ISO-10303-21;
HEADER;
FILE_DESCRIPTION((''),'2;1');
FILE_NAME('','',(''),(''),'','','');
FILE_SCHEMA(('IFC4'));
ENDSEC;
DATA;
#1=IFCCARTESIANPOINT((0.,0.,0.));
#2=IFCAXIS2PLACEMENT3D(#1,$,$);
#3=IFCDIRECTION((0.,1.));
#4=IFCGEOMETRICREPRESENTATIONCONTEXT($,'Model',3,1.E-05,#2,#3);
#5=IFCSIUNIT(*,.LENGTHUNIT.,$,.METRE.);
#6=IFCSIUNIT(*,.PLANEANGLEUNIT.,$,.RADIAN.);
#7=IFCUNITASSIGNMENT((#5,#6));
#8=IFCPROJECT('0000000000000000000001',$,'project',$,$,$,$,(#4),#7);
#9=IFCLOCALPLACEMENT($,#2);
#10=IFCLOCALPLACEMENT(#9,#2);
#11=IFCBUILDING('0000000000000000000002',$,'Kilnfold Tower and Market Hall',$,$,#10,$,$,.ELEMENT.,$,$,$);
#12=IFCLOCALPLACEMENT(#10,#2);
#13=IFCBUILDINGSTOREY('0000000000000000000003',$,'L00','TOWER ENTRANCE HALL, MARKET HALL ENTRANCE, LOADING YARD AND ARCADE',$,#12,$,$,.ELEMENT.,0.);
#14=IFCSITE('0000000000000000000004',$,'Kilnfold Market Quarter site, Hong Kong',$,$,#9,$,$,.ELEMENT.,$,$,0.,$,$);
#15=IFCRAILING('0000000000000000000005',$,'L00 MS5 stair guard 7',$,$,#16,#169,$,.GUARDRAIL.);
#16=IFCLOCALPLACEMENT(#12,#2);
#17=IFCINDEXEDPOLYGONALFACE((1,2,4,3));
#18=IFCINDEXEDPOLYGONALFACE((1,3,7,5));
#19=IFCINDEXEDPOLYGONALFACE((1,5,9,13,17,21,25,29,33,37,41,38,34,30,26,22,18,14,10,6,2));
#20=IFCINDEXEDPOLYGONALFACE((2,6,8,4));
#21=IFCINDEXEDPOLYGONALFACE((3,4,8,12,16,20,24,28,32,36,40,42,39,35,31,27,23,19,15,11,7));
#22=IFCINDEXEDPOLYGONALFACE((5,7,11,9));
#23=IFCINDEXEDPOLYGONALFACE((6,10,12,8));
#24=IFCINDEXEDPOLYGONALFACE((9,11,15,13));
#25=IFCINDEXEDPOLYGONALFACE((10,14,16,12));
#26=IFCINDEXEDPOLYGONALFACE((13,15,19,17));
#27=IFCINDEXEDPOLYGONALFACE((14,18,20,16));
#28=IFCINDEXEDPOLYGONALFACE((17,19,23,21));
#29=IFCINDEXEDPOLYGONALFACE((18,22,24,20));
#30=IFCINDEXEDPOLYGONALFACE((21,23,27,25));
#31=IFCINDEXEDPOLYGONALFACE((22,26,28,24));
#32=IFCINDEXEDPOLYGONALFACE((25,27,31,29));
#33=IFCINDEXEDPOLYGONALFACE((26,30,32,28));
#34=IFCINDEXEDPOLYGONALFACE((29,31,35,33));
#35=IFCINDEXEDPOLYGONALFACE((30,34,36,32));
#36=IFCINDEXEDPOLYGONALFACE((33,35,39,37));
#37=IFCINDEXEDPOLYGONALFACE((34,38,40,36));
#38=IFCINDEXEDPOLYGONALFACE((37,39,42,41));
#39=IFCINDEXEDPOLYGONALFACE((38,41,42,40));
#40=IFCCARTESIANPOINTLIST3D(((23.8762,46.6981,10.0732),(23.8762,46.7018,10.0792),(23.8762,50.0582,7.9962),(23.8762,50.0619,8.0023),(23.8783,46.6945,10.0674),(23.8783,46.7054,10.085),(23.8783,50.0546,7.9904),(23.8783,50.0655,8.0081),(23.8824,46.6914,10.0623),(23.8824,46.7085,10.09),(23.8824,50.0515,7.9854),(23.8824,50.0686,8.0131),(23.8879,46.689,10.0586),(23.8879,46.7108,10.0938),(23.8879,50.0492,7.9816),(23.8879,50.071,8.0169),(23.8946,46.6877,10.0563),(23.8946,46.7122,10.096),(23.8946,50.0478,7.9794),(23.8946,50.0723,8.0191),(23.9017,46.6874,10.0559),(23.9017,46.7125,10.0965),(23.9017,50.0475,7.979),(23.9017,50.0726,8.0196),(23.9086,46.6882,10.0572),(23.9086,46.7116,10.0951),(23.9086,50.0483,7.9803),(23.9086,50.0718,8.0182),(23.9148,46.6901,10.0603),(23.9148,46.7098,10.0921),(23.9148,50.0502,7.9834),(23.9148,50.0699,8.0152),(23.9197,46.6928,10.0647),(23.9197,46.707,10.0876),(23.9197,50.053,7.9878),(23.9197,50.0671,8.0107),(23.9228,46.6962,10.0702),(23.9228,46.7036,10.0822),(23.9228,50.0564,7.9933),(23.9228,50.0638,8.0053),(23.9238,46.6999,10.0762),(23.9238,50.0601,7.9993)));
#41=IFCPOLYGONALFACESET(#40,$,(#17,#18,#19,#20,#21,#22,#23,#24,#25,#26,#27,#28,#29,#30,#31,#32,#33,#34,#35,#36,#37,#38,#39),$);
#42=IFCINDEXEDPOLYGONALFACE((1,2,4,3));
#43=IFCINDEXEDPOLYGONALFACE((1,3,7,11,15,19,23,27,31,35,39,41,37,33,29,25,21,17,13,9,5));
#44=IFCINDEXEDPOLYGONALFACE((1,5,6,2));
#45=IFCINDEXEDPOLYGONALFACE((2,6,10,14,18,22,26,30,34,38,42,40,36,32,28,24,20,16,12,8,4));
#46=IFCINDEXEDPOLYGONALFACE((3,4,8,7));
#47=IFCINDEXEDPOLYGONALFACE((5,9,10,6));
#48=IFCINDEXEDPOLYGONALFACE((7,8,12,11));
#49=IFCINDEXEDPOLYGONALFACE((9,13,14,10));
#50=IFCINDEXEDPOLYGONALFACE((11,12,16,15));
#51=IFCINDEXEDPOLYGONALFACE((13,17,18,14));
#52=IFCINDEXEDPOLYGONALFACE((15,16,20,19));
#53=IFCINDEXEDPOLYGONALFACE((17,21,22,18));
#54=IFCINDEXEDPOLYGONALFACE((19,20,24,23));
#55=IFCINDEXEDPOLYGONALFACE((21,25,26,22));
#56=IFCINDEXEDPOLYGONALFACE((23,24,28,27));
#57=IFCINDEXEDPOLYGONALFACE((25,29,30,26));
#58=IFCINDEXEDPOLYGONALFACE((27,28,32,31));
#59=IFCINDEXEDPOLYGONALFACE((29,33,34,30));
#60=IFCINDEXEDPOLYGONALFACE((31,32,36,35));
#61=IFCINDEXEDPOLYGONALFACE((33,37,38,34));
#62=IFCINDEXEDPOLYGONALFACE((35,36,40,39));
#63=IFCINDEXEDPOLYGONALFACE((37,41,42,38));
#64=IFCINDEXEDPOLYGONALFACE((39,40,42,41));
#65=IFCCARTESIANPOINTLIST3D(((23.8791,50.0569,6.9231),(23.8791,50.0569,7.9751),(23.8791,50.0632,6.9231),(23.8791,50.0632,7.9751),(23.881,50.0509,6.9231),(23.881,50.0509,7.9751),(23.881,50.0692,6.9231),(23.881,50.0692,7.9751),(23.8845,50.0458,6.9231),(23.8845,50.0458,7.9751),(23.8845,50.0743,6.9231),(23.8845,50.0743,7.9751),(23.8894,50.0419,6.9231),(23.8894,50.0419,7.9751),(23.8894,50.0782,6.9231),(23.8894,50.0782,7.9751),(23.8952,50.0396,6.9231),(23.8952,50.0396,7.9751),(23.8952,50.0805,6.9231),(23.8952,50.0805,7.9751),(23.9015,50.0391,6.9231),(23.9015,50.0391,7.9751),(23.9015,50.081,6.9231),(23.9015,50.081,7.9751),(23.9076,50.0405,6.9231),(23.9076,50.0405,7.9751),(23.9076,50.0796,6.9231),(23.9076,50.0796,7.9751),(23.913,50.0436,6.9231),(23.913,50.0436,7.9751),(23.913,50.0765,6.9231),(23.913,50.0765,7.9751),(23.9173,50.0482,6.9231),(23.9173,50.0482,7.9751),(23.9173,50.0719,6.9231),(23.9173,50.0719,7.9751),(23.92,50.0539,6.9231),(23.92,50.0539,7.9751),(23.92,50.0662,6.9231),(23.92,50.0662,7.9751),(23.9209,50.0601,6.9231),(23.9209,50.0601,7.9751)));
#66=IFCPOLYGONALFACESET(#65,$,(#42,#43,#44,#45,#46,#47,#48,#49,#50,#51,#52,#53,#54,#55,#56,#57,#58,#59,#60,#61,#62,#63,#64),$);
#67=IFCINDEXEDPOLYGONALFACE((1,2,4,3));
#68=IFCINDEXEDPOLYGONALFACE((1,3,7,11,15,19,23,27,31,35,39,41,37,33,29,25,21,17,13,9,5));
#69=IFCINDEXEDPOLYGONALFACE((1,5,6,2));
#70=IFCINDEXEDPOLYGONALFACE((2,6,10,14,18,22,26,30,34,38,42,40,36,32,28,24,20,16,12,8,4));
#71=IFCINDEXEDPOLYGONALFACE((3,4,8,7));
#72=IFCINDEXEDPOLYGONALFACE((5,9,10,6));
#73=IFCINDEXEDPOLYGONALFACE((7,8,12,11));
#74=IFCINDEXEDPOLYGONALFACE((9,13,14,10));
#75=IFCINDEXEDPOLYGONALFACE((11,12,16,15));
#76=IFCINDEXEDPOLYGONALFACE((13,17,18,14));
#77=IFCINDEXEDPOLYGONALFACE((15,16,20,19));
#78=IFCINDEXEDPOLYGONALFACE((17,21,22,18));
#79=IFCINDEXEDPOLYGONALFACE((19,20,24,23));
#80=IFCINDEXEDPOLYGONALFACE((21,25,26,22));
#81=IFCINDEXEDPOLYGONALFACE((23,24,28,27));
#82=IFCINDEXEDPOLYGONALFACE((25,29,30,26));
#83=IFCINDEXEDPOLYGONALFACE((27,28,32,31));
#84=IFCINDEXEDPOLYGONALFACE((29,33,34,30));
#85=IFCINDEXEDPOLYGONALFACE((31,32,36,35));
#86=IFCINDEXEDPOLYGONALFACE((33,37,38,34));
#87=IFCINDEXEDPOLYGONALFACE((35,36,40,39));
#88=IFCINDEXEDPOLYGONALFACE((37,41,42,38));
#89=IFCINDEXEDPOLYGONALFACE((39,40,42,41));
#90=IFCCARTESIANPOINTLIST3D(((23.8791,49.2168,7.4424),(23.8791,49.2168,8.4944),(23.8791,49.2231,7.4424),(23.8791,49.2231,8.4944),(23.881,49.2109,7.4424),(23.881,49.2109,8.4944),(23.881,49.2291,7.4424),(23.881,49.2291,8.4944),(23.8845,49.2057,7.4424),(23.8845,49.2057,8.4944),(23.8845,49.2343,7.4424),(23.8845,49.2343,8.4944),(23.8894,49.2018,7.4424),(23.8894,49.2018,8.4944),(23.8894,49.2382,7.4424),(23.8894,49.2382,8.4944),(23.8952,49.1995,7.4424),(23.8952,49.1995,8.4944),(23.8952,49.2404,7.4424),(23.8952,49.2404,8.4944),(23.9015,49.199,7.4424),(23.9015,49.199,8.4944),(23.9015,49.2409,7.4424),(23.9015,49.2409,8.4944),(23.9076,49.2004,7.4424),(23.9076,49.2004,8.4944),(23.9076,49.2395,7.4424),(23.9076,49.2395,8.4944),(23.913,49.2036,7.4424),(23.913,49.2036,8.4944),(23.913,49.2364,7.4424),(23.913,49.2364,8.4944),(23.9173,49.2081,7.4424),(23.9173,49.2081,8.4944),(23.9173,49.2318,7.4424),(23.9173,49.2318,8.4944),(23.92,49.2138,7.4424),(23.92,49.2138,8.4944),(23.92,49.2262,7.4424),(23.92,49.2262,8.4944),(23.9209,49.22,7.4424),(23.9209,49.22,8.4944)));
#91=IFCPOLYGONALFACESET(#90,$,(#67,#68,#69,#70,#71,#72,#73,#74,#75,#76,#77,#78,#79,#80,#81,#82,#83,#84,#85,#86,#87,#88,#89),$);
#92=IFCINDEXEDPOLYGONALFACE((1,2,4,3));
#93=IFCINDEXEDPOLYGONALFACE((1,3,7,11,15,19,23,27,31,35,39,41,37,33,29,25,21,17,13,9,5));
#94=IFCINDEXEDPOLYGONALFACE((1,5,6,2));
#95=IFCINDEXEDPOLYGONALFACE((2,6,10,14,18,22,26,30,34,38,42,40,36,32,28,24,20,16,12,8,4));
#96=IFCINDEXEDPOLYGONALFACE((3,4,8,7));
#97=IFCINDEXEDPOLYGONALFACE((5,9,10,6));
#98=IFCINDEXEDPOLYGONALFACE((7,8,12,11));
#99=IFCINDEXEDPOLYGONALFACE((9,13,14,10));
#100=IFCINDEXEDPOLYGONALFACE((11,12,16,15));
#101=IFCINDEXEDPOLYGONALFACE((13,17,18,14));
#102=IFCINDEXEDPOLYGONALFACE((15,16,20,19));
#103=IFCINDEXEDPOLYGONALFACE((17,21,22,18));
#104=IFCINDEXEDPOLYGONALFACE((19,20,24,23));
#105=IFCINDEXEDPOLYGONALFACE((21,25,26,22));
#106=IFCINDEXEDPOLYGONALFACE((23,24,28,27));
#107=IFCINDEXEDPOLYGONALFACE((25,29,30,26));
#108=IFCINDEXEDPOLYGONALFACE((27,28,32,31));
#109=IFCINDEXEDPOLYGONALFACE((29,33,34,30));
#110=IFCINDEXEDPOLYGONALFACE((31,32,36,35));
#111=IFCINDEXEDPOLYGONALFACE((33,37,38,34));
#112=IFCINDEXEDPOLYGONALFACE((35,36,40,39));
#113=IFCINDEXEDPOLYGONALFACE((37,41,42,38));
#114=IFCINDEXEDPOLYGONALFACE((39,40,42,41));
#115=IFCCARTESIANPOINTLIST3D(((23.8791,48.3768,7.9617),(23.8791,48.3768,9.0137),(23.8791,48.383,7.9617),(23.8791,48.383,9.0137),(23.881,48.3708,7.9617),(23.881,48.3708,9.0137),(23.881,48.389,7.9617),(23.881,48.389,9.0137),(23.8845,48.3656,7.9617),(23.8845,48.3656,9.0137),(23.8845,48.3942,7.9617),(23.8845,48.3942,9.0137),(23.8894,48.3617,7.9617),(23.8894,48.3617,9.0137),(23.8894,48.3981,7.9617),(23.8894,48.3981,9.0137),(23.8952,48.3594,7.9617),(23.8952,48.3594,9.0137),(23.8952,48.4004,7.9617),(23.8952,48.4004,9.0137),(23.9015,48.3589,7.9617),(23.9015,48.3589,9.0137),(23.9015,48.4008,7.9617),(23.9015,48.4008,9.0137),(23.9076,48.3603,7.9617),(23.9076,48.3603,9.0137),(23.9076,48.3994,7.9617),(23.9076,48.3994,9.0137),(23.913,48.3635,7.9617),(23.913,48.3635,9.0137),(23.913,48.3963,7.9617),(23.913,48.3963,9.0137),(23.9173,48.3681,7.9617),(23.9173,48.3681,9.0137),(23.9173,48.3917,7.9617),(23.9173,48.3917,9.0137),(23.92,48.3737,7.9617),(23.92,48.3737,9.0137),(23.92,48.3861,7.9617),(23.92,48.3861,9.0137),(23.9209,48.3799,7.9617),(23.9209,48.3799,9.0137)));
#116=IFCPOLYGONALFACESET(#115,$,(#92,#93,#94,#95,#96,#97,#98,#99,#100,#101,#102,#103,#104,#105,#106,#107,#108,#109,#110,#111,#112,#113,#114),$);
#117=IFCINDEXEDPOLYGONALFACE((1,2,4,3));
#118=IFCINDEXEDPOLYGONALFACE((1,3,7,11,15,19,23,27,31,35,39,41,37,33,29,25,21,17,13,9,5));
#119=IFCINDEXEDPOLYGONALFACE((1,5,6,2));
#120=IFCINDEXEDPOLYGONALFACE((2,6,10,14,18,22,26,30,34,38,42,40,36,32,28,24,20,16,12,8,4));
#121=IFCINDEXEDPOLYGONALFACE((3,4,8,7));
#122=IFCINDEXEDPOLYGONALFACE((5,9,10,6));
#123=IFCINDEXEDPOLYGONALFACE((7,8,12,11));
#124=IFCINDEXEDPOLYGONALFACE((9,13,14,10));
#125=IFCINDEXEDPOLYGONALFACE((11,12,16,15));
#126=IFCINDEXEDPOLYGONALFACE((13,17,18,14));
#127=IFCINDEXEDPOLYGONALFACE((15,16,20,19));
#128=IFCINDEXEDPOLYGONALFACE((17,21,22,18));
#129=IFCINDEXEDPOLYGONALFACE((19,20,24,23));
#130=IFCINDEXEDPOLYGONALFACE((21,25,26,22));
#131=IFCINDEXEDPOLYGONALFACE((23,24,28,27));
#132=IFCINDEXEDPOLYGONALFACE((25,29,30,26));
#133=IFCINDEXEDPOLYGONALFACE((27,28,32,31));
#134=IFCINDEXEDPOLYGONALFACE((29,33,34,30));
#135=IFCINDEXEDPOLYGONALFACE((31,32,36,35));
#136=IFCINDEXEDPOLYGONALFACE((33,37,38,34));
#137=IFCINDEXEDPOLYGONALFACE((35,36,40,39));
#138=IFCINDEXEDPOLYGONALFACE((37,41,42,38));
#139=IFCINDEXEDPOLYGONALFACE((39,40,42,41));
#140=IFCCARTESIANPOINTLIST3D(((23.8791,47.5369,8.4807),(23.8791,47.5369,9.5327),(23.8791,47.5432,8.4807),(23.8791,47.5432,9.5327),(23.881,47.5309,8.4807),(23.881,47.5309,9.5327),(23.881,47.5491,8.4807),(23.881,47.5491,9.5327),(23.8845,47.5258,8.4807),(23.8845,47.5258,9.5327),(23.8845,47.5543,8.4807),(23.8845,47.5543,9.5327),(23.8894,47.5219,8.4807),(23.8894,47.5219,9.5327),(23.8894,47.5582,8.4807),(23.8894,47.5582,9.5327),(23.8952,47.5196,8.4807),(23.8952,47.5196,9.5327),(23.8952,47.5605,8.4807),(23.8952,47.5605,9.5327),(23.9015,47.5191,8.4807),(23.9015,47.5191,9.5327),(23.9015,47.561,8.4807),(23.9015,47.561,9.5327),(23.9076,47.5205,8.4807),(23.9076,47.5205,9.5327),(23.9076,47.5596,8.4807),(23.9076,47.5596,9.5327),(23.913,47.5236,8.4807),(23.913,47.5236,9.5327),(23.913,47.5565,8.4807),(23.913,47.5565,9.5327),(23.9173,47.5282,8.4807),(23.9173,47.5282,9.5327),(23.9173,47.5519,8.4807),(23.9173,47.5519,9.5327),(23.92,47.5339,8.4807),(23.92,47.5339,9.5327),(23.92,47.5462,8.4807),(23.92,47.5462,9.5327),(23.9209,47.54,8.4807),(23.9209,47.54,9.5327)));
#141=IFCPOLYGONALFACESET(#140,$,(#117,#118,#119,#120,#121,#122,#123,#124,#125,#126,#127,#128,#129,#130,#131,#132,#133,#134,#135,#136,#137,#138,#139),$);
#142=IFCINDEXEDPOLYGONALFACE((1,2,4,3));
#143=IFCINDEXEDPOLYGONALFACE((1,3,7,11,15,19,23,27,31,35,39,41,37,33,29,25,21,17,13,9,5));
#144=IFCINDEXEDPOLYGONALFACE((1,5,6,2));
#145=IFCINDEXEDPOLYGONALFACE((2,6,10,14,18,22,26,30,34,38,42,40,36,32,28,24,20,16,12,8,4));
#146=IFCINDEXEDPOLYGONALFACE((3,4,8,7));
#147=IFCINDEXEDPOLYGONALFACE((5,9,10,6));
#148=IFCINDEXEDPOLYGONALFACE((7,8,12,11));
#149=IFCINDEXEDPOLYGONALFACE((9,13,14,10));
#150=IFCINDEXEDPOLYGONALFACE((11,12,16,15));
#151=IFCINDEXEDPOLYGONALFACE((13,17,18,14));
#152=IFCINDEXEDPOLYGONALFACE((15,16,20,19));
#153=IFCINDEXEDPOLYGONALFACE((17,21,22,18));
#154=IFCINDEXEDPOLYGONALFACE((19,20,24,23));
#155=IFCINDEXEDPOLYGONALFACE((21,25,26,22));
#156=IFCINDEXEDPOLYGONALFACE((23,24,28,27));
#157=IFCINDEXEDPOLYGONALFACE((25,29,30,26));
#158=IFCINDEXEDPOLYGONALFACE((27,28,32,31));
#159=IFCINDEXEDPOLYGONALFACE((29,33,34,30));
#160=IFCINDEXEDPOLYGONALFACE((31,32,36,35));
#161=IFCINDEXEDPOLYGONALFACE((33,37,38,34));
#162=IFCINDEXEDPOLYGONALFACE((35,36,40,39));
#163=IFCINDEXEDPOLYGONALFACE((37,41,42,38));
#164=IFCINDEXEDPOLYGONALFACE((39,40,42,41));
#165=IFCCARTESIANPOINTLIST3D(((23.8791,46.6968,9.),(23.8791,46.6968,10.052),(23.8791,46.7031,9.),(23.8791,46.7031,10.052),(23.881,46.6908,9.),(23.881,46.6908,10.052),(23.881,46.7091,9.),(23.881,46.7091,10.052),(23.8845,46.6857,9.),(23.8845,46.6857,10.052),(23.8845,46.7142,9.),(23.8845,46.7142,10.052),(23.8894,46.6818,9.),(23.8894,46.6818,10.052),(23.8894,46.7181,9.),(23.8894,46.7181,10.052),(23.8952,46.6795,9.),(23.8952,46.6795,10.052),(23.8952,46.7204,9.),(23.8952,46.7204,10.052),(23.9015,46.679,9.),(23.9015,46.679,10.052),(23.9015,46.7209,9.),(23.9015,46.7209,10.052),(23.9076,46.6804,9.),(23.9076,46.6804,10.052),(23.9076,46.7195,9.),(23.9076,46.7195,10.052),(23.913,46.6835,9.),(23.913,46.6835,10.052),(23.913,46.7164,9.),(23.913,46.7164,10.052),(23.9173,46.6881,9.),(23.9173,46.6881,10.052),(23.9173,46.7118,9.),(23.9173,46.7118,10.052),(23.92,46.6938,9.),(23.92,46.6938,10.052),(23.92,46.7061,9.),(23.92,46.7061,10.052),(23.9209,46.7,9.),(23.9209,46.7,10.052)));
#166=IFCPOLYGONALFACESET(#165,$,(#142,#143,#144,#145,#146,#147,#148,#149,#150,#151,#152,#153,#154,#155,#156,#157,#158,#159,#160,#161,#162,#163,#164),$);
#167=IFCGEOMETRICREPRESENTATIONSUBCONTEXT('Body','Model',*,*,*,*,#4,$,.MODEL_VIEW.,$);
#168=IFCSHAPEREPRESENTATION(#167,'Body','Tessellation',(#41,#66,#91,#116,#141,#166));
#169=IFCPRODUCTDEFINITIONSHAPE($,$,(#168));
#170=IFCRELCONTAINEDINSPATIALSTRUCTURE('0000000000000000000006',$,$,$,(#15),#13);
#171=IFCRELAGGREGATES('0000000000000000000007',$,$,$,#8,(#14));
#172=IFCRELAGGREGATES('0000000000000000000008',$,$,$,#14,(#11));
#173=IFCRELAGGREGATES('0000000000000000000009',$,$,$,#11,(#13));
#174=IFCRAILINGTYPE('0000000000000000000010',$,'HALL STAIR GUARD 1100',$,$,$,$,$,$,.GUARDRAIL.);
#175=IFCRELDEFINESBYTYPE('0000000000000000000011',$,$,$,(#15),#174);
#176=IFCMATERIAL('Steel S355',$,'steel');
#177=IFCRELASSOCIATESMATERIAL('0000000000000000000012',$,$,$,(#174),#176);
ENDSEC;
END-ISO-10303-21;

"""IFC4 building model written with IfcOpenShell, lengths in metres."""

from ifc_helpers import new_model, si_unit, direction, frame, origin, origin_2d, place, context, subcontext, project, spatial, circle, extrude, material, type_object, element, save


model = new_model("IFC4")

# Units and contexts
model_context = context("Model", 3, precision=1e-05, world=origin(), true_north=direction((0.0, 1.0)))
body_context = subcontext(model_context, "Body", "Model", "MODEL_VIEW")
ifc_project = project(units=[si_unit("LENGTHUNIT", "METRE"), si_unit("PLANEANGLEUNIT", "RADIAN")], contexts=[model_context])

# Site, building, storey
site_placement = place(None, origin())
site = spatial("IfcSite", under=ifc_project, at=site_placement, Name="Kilnfold Market Quarter site, Hong Kong", CompositionType="ELEMENT", RefElevation=0.0)
building_placement = place(site_placement, origin())
building = spatial("IfcBuilding", under=site, at=building_placement, Name="Kilnfold Tower and Market Hall", CompositionType="ELEMENT")
storey_placement = place(building_placement, origin())
storey = spatial("IfcBuildingStorey", under=building, at=storey_placement, Name="L00", Description="TOWER ENTRANCE HALL, MARKET HALL ENTRANCE, LOADING YARD AND ARCADE", CompositionType="ELEMENT", Elevation=0.0)

# Railing
ifc_material_1 = material(Name="Steel S355", Category="steel")
railing_type_1 = type_object("IfcRailingType", Name="HALL STAIR GUARD 1100", PredefinedType="GUARDRAIL", material=ifc_material_1)
railing_1_placement = place(storey_placement, frame((23.8999, 50.0601, 6.9231)))
element("IfcRailing", 1, at=railing_1_placement, inside=storey, type_object=railing_type_1, Name="L00 MS5 stair guard 7", PredefinedType="GUARDRAIL", context=body_context, shape_type="SweptSolid", body=[
    extrude(circle(Radius=0.0239, at=origin_2d()), frame((0.0, 0.0, 1.0762), z_axis=(0.0, -0.850623, 0.525776), x_axis=(1.0, 0.0, 0.0)), (0.0, 0.0, 1.0), 3.9502),
    extrude(circle(Radius=0.021, at=origin_2d()), origin(), (0.0, 0.0, 1.0), 1.052),
    extrude(circle(Radius=0.021, at=origin_2d()), frame((0.0, -0.8401, 0.5193)), (0.0, 0.0, 1.0), 1.052),
    extrude(circle(Radius=0.021, at=origin_2d()), frame((0.0, -1.6802, 1.0386)), (0.0, 0.0, 1.0), 1.052),
    extrude(circle(Radius=0.021, at=origin_2d()), frame((0.0, -2.52, 1.5576)), (0.0, 0.0, 1.0), 1.052),
    extrude(circle(Radius=0.021, at=origin_2d()), frame((0.0, -3.3601, 2.0769)), (0.0, 0.0, 1.0), 1.052),
])

save(model, "model.ifc")
